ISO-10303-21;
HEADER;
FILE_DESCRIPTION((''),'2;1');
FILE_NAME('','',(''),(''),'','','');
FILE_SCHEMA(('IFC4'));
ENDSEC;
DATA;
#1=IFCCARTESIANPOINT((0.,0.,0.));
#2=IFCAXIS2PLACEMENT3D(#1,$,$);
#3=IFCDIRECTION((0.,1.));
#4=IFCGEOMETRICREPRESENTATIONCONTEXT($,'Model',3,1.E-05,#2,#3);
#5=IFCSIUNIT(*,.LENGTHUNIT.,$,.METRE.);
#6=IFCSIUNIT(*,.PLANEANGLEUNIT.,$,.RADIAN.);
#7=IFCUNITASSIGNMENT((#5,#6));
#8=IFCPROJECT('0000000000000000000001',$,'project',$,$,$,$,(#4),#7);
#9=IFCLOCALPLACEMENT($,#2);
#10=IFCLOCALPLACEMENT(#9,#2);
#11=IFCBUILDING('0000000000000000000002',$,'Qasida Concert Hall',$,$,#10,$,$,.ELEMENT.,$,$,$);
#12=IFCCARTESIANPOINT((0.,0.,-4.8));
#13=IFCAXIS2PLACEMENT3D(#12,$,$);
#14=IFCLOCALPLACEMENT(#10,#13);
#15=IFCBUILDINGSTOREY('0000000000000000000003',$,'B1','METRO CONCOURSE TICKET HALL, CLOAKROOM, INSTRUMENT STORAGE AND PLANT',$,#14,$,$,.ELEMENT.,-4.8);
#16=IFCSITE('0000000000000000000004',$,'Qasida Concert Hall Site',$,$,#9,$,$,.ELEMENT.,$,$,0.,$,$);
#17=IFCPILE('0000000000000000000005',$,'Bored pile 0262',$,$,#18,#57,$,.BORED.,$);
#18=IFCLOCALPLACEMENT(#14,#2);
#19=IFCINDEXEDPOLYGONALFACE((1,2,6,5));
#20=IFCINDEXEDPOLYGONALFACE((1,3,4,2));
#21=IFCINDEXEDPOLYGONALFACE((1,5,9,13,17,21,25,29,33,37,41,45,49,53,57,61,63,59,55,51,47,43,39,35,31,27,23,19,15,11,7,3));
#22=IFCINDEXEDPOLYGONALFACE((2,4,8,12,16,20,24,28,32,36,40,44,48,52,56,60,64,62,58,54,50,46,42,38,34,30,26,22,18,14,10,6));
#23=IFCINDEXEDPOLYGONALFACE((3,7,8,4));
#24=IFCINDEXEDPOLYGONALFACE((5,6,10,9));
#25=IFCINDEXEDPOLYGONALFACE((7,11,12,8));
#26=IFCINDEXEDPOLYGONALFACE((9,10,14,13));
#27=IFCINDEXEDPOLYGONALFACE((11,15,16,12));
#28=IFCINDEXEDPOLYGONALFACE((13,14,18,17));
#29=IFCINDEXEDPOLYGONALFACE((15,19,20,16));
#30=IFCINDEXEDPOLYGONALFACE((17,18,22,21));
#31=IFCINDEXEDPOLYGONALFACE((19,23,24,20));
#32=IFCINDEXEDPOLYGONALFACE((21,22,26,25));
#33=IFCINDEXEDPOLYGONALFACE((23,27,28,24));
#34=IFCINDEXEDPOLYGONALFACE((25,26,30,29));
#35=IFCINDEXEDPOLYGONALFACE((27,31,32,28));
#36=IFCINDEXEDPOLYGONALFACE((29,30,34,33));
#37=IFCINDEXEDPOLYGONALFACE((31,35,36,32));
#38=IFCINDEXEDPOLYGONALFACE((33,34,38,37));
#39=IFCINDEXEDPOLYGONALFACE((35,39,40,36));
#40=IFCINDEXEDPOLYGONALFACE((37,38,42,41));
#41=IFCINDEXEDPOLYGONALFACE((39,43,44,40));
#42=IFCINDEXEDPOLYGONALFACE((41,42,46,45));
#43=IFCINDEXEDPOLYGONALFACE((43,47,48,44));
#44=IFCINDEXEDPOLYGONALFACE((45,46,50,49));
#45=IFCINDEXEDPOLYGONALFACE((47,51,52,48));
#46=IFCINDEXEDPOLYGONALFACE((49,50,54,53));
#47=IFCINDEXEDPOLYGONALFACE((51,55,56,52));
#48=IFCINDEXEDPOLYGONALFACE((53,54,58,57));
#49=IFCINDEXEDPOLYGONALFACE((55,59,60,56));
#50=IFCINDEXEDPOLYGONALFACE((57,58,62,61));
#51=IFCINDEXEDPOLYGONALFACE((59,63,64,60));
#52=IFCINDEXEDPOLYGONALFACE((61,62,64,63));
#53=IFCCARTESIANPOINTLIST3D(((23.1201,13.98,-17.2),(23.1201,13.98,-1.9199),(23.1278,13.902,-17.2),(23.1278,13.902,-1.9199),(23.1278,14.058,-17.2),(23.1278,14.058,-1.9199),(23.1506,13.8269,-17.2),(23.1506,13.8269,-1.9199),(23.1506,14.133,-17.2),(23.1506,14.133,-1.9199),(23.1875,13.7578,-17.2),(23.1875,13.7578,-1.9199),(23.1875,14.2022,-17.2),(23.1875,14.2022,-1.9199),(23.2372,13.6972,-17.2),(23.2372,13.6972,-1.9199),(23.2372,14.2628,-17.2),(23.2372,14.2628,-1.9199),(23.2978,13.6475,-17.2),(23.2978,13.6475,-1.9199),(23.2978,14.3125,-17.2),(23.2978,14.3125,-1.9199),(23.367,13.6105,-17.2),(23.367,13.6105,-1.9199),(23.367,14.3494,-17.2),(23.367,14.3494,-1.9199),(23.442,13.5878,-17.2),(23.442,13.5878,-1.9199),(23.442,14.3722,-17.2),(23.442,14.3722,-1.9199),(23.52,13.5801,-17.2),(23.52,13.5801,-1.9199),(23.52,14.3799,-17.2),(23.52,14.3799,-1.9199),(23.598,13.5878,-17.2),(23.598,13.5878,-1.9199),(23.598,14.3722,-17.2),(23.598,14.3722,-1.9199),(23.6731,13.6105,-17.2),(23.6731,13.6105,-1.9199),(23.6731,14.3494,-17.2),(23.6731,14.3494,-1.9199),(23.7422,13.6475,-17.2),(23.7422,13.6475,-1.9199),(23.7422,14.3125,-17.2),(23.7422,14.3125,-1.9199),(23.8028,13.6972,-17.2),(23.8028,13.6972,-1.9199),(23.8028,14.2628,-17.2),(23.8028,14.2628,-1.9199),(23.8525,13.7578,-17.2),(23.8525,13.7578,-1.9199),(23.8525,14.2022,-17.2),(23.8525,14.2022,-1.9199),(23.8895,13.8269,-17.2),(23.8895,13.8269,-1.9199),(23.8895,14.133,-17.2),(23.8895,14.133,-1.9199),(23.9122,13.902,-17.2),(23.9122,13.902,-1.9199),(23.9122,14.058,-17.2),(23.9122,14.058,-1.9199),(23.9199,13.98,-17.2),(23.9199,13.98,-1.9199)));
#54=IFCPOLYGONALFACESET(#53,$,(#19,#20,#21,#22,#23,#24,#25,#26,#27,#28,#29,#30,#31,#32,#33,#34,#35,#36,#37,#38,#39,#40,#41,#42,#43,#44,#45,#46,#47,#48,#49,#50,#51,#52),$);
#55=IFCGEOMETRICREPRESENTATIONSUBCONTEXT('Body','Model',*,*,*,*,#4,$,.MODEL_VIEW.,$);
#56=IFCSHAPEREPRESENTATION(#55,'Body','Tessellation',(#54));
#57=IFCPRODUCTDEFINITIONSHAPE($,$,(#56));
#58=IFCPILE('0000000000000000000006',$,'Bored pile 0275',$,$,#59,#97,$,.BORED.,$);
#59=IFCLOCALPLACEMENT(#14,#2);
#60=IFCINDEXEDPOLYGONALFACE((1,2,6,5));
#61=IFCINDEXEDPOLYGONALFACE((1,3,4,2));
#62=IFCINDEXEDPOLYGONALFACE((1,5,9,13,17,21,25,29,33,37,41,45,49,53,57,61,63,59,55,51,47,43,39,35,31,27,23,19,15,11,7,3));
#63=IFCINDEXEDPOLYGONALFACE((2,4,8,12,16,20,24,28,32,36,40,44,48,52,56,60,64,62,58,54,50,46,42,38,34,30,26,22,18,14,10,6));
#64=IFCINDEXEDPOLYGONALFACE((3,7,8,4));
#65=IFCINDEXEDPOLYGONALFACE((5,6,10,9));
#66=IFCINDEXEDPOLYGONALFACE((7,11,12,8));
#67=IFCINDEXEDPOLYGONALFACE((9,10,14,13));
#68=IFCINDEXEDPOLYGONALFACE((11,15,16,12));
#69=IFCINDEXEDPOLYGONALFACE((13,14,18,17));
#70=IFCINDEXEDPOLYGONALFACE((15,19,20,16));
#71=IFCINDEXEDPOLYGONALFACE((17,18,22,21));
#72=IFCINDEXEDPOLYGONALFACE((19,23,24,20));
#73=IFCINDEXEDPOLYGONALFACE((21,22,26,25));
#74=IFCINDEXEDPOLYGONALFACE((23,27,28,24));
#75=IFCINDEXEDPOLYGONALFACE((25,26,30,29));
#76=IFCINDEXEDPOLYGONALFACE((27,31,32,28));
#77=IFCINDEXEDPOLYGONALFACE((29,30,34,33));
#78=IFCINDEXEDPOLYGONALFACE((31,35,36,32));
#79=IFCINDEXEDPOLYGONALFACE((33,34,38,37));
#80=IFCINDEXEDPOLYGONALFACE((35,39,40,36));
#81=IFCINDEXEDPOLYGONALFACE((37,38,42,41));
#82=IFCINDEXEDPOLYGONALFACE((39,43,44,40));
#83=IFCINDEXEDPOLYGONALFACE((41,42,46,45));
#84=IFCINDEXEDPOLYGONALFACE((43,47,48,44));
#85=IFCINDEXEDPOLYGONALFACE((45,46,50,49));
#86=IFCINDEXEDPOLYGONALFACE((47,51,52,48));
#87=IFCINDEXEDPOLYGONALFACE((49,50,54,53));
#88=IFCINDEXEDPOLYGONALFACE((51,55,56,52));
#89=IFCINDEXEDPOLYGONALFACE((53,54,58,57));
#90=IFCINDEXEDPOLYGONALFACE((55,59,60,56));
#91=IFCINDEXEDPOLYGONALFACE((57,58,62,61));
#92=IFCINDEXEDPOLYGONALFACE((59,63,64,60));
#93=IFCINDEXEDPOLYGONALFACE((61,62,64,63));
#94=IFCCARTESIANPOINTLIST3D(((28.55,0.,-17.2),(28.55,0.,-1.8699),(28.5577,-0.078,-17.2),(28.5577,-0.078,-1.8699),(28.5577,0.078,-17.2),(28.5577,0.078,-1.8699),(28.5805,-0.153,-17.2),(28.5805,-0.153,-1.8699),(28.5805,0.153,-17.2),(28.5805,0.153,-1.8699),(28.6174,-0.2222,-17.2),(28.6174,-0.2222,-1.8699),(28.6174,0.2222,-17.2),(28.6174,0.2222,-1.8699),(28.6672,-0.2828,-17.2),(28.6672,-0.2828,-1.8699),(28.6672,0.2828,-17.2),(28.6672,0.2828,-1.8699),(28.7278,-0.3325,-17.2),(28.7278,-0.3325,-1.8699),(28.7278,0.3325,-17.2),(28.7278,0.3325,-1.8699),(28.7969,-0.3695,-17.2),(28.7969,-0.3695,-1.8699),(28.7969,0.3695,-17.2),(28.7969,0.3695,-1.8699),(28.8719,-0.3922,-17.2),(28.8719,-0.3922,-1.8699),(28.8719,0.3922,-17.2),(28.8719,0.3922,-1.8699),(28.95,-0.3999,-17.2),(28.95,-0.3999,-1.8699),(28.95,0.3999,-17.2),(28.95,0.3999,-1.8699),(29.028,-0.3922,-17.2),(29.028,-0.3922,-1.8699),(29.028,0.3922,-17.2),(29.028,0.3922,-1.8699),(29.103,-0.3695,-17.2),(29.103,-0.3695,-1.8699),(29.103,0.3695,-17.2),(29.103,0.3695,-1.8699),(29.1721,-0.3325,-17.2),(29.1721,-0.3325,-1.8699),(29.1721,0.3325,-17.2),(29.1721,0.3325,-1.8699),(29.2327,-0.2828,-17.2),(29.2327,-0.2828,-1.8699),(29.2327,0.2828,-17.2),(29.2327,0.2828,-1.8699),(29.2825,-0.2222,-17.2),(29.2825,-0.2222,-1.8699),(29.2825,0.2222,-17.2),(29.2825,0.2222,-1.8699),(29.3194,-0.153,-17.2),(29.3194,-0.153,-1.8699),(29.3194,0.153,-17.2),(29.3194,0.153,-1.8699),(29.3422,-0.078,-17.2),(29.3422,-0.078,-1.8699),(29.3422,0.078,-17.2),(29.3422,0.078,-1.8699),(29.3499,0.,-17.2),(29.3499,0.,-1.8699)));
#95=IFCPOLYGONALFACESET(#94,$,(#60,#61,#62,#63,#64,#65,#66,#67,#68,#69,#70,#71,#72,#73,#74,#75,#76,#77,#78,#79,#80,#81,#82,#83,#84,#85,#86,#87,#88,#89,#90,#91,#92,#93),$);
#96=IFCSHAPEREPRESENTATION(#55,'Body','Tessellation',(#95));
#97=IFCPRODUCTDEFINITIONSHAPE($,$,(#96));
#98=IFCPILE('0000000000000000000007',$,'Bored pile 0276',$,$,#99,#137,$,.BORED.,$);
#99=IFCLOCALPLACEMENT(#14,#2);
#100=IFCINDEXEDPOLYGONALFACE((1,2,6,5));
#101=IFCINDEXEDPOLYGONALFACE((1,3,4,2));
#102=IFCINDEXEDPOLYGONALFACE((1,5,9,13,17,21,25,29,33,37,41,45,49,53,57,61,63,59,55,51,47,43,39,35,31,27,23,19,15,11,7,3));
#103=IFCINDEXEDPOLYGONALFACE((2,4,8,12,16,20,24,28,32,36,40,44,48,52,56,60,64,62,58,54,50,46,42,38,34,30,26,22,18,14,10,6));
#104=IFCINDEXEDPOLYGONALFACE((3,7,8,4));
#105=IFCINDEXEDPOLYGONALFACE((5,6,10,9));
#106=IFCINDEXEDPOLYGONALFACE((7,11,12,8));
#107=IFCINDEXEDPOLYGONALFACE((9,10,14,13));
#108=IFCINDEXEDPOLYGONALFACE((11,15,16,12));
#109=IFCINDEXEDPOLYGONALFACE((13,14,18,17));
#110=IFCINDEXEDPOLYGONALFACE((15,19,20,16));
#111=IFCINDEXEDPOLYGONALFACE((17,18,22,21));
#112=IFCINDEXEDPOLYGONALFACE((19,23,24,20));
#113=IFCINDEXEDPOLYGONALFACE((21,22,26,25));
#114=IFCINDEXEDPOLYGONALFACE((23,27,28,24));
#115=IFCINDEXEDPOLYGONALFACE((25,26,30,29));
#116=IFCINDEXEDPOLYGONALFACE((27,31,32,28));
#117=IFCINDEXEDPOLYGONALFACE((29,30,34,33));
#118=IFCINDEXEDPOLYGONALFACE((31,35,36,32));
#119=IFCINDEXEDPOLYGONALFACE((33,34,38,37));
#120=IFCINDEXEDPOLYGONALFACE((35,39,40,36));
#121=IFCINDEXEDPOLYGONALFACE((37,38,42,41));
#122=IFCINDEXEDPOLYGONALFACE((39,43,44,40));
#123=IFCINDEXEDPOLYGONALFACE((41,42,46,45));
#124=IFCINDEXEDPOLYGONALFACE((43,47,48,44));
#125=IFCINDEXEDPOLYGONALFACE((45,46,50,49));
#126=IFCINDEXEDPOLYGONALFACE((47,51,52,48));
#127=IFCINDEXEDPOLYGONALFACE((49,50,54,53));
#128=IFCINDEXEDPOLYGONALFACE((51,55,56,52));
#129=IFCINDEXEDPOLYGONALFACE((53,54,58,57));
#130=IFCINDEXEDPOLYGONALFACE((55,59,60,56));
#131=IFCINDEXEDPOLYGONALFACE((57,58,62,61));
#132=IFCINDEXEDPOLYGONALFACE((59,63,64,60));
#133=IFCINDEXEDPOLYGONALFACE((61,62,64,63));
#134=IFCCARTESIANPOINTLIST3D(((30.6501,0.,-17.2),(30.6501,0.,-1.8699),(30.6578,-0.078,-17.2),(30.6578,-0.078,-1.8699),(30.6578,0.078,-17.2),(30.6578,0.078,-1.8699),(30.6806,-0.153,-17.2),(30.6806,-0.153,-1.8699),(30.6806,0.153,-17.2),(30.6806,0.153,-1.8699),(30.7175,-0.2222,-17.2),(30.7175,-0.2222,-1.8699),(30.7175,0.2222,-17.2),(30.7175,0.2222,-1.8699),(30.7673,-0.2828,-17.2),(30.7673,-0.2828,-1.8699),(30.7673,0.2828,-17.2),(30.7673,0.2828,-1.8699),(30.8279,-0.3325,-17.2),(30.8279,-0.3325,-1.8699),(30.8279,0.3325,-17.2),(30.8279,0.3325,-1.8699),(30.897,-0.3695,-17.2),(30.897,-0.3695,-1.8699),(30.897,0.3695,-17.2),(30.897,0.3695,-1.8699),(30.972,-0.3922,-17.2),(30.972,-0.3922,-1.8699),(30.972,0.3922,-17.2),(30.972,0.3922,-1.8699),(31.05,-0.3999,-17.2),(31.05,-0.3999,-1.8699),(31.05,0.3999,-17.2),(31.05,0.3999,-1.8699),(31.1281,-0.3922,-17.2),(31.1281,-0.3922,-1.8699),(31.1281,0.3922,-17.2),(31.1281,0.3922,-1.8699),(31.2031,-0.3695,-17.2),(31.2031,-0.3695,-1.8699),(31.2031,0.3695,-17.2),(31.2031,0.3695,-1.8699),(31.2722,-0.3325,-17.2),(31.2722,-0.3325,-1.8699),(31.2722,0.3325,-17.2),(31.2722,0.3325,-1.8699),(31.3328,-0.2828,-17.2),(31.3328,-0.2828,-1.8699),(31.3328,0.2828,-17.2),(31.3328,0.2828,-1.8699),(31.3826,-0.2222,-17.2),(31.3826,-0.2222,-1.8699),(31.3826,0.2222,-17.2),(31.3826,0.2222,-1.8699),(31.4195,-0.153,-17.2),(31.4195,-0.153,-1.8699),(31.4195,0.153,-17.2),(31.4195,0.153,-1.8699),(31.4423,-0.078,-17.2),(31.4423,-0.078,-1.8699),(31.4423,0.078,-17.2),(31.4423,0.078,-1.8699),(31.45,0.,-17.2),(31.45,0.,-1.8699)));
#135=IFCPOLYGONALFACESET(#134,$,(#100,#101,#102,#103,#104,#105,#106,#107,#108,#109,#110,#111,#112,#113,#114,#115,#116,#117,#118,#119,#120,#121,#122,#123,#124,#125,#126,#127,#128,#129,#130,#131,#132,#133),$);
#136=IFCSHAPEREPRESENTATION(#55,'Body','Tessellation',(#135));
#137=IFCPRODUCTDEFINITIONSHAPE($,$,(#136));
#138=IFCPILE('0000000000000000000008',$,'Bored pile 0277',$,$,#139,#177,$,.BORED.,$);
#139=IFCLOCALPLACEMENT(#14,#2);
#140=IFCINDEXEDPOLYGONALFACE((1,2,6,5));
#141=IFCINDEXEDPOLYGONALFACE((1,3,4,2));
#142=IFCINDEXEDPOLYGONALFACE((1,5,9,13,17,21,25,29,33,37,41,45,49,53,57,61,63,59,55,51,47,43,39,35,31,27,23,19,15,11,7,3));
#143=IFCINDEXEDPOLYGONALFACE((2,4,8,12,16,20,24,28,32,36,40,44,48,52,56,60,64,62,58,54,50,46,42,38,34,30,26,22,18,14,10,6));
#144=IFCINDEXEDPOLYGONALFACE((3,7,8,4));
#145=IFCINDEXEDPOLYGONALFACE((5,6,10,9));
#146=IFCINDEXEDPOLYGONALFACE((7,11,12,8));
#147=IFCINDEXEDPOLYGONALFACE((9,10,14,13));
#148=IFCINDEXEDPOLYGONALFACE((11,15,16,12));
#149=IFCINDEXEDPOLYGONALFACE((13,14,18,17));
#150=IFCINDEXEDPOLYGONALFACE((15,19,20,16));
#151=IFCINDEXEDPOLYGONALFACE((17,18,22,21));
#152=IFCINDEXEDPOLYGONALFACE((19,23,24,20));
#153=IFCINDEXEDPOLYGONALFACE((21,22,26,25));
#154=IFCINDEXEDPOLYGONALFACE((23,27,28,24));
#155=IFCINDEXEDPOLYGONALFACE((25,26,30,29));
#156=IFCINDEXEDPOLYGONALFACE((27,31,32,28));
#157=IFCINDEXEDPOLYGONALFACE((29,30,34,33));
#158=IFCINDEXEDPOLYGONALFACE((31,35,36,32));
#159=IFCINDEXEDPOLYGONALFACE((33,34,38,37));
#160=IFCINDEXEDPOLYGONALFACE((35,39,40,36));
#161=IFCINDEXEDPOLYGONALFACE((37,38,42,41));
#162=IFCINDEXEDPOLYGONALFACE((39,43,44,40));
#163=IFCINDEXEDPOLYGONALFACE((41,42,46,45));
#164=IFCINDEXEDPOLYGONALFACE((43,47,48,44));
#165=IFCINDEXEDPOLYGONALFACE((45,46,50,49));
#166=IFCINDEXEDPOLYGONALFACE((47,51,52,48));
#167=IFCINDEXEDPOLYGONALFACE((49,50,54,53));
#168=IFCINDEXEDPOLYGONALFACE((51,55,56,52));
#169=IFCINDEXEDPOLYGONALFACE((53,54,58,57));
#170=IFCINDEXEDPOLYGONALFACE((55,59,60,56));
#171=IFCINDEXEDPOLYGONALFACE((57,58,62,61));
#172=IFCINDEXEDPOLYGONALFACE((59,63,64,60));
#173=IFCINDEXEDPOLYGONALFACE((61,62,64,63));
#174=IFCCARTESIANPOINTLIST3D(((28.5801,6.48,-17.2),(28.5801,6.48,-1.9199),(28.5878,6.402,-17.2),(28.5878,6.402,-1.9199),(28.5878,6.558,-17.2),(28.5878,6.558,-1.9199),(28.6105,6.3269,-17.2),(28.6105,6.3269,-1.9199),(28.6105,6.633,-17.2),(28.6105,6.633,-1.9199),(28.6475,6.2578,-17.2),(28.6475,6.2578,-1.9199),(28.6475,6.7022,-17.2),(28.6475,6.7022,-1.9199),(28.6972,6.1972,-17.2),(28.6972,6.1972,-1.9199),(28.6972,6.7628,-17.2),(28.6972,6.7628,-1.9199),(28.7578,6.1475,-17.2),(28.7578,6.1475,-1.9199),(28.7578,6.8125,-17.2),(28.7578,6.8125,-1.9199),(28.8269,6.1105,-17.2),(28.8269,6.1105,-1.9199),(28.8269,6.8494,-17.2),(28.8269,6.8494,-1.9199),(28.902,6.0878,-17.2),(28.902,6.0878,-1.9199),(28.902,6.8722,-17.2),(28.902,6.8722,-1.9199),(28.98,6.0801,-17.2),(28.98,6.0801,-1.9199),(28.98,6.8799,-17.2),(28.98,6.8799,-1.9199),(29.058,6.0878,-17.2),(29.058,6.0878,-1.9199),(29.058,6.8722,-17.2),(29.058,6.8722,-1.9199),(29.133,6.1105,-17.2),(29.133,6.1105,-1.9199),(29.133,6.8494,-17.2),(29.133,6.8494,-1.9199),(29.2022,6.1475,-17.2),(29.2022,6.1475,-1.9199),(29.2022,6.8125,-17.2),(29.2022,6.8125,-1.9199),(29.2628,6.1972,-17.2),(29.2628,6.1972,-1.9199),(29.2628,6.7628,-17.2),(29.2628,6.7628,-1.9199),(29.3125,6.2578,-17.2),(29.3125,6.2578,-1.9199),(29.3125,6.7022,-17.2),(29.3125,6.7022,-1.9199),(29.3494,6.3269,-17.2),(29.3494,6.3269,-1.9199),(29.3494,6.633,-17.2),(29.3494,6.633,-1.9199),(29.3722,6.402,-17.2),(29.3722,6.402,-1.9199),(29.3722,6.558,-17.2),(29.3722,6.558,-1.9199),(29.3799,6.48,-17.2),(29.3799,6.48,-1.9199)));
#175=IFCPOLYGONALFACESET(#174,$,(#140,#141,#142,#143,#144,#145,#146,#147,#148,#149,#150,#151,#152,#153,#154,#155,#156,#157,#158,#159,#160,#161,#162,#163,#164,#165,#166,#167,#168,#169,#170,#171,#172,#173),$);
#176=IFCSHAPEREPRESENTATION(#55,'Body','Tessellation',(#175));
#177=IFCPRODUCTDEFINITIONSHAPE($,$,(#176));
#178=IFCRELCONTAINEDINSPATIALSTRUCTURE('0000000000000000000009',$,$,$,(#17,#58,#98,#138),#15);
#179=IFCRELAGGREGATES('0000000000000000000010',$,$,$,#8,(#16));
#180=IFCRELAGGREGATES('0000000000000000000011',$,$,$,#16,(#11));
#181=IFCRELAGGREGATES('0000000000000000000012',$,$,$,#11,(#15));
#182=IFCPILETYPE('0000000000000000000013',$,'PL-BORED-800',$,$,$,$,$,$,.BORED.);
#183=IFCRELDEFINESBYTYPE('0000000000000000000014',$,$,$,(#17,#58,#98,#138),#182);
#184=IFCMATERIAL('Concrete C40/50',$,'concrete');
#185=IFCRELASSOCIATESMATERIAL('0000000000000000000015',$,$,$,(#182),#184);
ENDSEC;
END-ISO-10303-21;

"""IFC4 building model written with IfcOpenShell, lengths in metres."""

from ifc_helpers import new_model, si_unit, direction, frame, origin, origin_2d, place, context, subcontext, project, spatial, circle, extrude, material, material_profile, profile_set, type_object, element, save


model = new_model("IFC4")

# Units and contexts
model_context = context("Model", 3, precision=1e-05, world=origin(), true_north=direction((0.0, 1.0)))
body_context = subcontext(model_context, "Body", "Model", "MODEL_VIEW")
ifc_project = project(units=[si_unit("LENGTHUNIT", "METRE"), si_unit("PLANEANGLEUNIT", "RADIAN")], contexts=[model_context])

# Site, building, storey
site_placement = place(None, origin())
site = spatial("IfcSite", under=ifc_project, at=site_placement, Name="Qasida Concert Hall Site", CompositionType="ELEMENT", RefElevation=0.0)
building_placement = place(site_placement, origin())
building = spatial("IfcBuilding", under=site, at=building_placement, Name="Qasida Concert Hall", CompositionType="ELEMENT")
storey_placement = place(building_placement, frame((0.0, 0.0, -4.8)))
storey = spatial("IfcBuildingStorey", under=building, at=storey_placement, Name="B1", Description="METRO CONCOURSE TICKET HALL, CLOAKROOM, INSTRUMENT STORAGE AND PLANT", CompositionType="ELEMENT", Elevation=-4.8)

# Shared definitions
ifc_material_1 = material(Name="Concrete C40/50", Category="concrete")

# Piles
ifc_material_profile_1 = material_profile(ifc_material_1, circle(Radius=0.3999, at=origin_2d()), Name="BORED PILE D800")
ifc_profile_set_1 = profile_set([ifc_material_profile_1], Name="Concrete C40/50")
pile_type = type_object("IfcPileType", Name="PL-BORED-800", PredefinedType="BORED", material=ifc_profile_set_1)
for number, where, z_axis, x_axis, name in (
    (1, (23.52, 13.98, -1.9199), (0.0, 0.0, -1.0), (1.0, 0.0, 0.0), "Bored pile 0262"),
):
    element("IfcPile", number, at=place(storey_placement, frame(where, z_axis=z_axis, x_axis=x_axis)), inside=storey, type_object=pile_type, Name=name, PredefinedType="BORED", context=body_context, shape_type="SweptSolid", body=[
        extrude(circle(Radius=0.3999, at=origin_2d()), origin(), (0.0, 0.0, 1.0), 15.28),
    ])
for number, where, z_axis, x_axis, name in (
    (2, (28.95, 0.0, -1.8699), (0.0, 0.0, -1.0), (1.0, 0.0, 0.0), "Bored pile 0275"),
    (3, (31.05, 0.0, -1.8699), (0.0, 0.0, -1.0), (1.0, 0.0, 0.0), "Bored pile 0276"),
):
    element("IfcPile", number, at=place(storey_placement, frame(where, z_axis=z_axis, x_axis=x_axis)), inside=storey, type_object=pile_type, Name=name, PredefinedType="BORED", context=body_context, shape_type="SweptSolid", body=[
        extrude(circle(Radius=0.3999, at=origin_2d()), origin(), (0.0, 0.0, 1.0), 15.3301),
    ])
for number, where, z_axis, x_axis, name in (
    (4, (28.98, 6.48, -1.9199), (0.0, 0.0, -1.0), (1.0, 0.0, 0.0), "Bored pile 0277"),
):
    element("IfcPile", number, at=place(storey_placement, frame(where, z_axis=z_axis, x_axis=x_axis)), inside=storey, type_object=pile_type, Name=name, PredefinedType="BORED", context=body_context, shape_type="SweptSolid", body=[
        extrude(circle(Radius=0.3999, at=origin_2d()), origin(), (0.0, 0.0, 1.0), 15.28),
    ])

save(model, "model.ifc")
